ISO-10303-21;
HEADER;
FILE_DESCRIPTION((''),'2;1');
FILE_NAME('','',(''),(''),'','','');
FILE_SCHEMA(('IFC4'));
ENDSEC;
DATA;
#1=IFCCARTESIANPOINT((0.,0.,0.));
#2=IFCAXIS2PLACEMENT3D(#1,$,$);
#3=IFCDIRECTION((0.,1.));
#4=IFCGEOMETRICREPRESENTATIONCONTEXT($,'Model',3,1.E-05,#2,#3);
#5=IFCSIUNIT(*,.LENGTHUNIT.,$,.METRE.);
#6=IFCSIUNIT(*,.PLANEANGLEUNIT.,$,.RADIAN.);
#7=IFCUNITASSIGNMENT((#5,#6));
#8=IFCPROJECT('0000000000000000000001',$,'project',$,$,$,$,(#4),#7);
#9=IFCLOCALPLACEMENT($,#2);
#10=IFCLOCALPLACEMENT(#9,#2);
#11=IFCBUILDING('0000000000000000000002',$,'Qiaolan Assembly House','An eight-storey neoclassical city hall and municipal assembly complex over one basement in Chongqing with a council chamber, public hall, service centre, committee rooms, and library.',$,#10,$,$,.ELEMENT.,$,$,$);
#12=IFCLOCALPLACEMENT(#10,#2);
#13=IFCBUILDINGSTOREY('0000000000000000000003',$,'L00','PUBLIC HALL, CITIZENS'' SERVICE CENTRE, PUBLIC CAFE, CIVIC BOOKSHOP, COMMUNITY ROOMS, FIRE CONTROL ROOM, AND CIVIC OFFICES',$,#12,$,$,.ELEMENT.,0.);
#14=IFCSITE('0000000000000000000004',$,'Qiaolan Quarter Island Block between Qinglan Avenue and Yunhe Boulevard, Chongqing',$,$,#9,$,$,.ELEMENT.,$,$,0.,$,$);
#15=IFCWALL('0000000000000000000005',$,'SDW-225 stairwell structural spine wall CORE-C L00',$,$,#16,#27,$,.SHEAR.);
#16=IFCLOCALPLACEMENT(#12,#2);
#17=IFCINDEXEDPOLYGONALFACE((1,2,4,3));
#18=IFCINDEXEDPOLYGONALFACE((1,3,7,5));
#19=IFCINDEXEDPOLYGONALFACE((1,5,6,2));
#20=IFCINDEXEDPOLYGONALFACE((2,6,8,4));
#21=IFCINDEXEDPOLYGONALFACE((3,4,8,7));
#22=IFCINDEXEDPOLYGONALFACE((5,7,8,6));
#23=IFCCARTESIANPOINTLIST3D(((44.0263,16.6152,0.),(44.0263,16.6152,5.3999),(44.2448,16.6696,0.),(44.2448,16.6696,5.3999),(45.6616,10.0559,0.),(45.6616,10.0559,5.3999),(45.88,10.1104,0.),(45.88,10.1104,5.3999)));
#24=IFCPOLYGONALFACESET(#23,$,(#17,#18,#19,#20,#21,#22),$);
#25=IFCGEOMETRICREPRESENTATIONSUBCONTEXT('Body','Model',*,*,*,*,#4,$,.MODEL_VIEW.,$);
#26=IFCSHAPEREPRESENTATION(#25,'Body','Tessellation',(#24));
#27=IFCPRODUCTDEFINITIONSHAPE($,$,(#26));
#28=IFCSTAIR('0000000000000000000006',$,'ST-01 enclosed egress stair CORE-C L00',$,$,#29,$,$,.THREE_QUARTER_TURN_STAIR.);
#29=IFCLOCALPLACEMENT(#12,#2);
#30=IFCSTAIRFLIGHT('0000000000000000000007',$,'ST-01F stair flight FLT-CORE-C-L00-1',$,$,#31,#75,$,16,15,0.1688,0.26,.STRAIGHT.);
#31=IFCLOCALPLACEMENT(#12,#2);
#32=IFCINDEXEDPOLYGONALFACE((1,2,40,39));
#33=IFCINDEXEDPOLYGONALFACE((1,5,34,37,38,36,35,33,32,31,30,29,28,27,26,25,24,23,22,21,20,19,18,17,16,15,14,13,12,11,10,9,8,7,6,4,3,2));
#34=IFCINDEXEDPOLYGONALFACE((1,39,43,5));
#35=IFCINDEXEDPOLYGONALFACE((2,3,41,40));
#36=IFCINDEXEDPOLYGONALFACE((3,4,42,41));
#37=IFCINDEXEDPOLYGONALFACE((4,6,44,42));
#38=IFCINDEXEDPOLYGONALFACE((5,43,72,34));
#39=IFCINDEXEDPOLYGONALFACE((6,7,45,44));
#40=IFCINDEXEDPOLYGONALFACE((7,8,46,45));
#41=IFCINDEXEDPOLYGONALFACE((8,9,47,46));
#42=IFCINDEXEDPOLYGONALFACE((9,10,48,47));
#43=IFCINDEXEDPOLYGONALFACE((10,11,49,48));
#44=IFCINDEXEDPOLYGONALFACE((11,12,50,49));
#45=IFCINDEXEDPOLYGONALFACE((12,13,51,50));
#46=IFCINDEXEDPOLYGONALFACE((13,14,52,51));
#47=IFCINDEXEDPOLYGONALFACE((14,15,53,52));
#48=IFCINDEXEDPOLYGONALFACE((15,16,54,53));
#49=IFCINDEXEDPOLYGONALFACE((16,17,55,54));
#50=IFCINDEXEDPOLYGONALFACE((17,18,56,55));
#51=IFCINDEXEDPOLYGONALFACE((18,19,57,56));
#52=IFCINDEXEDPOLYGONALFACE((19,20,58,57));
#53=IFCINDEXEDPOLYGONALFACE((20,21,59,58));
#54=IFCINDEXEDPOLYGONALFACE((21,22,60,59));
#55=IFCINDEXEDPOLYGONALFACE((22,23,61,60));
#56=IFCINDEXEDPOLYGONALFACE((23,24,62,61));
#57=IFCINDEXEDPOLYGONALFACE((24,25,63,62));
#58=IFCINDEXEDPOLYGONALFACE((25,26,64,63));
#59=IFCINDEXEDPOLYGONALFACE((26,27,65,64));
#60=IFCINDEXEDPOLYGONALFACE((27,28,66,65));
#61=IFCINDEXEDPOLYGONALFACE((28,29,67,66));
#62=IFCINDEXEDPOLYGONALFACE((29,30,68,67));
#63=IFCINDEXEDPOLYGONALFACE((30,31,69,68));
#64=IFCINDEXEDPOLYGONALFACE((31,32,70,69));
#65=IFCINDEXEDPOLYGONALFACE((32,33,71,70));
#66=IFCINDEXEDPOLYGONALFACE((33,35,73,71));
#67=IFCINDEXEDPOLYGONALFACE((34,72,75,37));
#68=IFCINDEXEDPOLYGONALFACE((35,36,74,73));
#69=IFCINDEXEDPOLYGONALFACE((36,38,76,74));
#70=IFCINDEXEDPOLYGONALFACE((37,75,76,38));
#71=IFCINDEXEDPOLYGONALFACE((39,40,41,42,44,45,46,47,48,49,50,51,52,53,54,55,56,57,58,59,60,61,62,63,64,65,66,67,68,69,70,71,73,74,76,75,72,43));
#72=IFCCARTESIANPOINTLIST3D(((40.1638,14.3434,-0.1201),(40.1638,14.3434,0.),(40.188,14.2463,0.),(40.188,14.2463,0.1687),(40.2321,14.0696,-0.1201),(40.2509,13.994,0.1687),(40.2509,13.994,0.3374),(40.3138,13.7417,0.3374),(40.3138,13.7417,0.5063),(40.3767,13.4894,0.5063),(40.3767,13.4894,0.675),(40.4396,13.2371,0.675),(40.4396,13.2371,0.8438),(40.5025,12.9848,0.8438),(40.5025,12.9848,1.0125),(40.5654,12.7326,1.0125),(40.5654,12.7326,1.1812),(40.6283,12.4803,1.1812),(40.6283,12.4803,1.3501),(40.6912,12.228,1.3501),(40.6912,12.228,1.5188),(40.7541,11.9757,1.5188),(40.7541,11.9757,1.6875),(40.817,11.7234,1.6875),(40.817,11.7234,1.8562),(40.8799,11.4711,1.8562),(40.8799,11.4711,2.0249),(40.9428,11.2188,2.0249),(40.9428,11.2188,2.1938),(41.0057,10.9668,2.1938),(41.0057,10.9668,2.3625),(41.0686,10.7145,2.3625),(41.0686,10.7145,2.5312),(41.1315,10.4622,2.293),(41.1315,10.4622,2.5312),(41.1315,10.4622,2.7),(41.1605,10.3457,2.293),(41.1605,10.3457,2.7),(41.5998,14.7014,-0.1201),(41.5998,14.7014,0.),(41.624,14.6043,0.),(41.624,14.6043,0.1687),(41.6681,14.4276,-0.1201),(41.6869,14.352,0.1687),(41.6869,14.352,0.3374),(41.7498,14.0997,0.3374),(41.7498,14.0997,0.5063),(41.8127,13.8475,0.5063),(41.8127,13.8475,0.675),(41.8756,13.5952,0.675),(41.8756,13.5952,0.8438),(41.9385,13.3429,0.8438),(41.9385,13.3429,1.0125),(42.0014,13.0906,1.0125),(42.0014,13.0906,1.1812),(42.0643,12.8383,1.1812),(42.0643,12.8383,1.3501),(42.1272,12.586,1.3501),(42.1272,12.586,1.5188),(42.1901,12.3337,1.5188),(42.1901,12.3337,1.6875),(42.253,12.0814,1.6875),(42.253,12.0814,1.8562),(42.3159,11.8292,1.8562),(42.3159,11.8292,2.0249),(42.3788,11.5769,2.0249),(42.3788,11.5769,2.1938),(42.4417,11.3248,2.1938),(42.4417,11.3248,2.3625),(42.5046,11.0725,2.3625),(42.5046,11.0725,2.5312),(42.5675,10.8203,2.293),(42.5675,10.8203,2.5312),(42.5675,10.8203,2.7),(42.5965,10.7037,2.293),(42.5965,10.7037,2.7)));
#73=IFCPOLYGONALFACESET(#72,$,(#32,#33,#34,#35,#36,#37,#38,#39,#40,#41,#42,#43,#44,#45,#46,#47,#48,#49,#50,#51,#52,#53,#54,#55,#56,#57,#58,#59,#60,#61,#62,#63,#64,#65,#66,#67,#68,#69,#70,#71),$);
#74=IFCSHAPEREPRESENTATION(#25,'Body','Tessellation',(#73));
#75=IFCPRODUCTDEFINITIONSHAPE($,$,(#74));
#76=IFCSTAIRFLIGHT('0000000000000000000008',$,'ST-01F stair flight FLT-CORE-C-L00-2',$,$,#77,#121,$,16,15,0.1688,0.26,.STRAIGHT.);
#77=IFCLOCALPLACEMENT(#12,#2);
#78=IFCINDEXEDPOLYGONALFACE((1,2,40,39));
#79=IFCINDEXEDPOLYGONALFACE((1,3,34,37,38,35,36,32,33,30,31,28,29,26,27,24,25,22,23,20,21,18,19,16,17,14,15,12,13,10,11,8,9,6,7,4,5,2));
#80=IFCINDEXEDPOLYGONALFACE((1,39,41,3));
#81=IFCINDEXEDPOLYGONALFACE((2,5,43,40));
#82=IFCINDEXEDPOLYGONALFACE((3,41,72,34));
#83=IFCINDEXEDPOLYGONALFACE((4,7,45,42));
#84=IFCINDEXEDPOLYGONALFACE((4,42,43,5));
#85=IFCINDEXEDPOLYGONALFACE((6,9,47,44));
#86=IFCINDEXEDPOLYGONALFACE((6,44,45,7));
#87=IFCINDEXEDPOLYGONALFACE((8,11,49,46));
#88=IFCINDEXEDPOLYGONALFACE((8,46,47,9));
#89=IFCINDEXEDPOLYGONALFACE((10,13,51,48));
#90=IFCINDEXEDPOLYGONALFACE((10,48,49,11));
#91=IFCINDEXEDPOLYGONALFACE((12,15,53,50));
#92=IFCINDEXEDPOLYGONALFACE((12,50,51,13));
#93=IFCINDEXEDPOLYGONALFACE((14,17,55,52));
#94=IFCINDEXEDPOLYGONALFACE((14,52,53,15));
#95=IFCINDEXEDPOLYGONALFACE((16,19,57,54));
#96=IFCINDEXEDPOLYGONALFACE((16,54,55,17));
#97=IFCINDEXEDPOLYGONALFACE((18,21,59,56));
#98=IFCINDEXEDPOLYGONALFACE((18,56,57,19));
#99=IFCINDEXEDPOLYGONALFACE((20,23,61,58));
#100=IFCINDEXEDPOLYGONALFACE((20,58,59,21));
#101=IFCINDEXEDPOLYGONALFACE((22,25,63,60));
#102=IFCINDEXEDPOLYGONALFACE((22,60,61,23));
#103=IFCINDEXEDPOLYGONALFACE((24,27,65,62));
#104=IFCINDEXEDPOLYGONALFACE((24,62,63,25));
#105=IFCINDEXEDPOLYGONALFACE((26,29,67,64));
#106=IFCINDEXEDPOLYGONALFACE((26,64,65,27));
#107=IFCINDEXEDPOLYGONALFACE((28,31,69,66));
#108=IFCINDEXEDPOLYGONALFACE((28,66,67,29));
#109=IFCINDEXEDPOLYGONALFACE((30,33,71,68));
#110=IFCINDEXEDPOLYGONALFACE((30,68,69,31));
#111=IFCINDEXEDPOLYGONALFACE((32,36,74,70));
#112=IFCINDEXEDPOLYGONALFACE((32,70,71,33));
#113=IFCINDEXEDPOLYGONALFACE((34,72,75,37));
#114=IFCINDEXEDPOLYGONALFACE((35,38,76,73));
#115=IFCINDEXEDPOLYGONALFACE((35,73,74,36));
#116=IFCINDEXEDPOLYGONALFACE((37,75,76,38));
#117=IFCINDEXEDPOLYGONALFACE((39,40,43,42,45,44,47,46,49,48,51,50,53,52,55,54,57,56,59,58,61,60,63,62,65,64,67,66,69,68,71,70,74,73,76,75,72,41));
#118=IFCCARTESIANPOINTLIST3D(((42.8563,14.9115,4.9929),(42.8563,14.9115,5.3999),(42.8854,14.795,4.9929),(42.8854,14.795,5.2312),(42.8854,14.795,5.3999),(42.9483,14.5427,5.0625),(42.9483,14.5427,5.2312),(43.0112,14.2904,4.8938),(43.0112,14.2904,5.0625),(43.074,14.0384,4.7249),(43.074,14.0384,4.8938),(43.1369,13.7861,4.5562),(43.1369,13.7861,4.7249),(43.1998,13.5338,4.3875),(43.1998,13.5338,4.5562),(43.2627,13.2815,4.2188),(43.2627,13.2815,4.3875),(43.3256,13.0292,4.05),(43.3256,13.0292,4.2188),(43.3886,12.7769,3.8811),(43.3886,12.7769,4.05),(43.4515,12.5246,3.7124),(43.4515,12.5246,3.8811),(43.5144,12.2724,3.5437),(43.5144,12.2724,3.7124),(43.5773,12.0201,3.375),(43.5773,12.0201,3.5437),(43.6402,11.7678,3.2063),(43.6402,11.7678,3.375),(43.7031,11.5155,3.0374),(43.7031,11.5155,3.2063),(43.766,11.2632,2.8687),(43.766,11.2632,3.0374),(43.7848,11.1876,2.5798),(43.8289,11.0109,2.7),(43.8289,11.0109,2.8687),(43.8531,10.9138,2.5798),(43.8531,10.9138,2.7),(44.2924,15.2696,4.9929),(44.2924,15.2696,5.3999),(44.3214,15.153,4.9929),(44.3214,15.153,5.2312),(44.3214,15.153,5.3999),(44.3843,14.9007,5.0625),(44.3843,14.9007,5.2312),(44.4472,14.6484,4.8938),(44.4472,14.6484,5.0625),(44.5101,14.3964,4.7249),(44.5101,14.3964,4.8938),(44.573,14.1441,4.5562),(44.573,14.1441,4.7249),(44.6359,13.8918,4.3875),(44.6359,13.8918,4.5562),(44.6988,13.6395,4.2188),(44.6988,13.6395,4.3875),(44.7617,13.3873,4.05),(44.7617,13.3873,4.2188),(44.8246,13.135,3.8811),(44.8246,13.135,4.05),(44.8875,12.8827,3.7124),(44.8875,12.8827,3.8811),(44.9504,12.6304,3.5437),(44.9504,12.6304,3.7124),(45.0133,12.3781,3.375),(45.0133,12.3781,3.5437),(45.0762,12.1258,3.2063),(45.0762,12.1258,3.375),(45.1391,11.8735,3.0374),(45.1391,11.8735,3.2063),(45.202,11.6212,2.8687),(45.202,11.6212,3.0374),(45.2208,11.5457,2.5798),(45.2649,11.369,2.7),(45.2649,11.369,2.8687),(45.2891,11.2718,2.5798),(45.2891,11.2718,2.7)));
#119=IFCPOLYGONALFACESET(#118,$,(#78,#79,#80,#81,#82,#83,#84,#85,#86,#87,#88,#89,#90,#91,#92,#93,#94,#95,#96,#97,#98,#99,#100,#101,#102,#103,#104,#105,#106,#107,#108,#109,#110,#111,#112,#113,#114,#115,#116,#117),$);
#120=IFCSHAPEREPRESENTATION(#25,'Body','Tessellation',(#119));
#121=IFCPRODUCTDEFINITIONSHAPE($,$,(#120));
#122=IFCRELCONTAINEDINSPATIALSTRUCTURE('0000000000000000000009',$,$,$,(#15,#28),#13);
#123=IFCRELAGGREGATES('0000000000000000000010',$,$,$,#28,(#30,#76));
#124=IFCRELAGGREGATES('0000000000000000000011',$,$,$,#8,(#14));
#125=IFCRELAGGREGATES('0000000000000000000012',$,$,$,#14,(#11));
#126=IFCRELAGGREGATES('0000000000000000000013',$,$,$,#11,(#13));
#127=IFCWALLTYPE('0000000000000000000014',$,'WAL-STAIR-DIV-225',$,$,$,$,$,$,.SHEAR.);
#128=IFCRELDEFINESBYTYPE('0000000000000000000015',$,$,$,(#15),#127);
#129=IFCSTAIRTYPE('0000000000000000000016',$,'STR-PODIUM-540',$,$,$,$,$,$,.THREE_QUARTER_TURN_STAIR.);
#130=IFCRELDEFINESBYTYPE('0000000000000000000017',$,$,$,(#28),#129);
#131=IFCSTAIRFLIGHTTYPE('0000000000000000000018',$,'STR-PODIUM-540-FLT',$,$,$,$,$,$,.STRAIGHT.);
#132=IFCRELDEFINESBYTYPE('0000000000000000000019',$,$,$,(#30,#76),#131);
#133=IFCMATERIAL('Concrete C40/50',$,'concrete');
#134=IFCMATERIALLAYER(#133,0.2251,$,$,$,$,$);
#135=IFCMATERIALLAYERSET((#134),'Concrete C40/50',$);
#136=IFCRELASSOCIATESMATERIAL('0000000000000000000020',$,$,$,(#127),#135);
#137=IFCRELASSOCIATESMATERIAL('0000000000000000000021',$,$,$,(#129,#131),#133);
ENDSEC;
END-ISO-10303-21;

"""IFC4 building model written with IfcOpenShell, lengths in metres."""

from ifc_helpers import new_model, si_unit, direction, frame, frame_2d, origin, place, context, subcontext, project, spatial, polyline, rectangle, outline, extrude, material, layer, layer_set, type_object, element, aggregate, save


model = new_model("IFC4")

# Units and contexts
model_context = context("Model", 3, precision=1e-05, world=origin(), true_north=direction((0.0, 1.0)))
body_context = subcontext(model_context, "Body", "Model", "MODEL_VIEW")
ifc_project = project(units=[si_unit("LENGTHUNIT", "METRE"), si_unit("PLANEANGLEUNIT", "RADIAN")], contexts=[model_context])

# Site, building, storey
site_placement = place(None, origin())
site = spatial("IfcSite", under=ifc_project, at=site_placement, Name="Qiaolan Quarter Island Block between Qinglan Avenue and Yunhe Boulevard, Chongqing", CompositionType="ELEMENT", RefElevation=0.0)
building_placement = place(site_placement, origin())
building = spatial("IfcBuilding", under=site, at=building_placement, Name="Qiaolan Assembly House", Description="An eight-storey neoclassical city hall and municipal assembly complex over one basement in Chongqing with a council chamber, public hall, service centre, committee rooms, and library.", CompositionType="ELEMENT")
storey_placement = place(building_placement, origin())
storey = spatial("IfcBuildingStorey", under=building, at=storey_placement, Name="L00", Description="PUBLIC HALL, CITIZENS' SERVICE CENTRE, PUBLIC CAFE, CIVIC BOOKSHOP, COMMUNITY ROOMS, FIRE CONTROL ROOM, AND CIVIC OFFICES", CompositionType="ELEMENT", Elevation=0.0)

# Shared definitions
ifc_material_1 = material(Name="Concrete C40/50", Category="concrete")

# Wall
ifc_layer_1 = layer(ifc_material_1, 0.2251)
ifc_layer_set_1 = layer_set([ifc_layer_1], Name="Concrete C40/50")
wall_type_1 = type_object("IfcWallType", Name="WAL-STAIR-DIV-225", PredefinedType="SHEAR", material=ifc_layer_set_1)
wall_1_placement = place(storey_placement, frame((45.7708, 10.0833, 0.0), z_axis=(0.0, 0.0, 1.0), x_axis=(-0.241898, 0.970302, 0.0)))
element("IfcWall", 1, at=wall_1_placement, inside=storey, type_object=wall_type_1, Name="SDW-225 stairwell structural spine wall CORE-C L00", PredefinedType="SHEAR", context=body_context, shape_type="SweptSolid", body=[
    extrude(rectangle(XDim=6.76, YDim=0.2251, at=frame_2d((3.3799, 0.0))), origin(), (0.0, 0.0, 1.0), 5.3999),
])

# Stair, stair flights
stair_type = type_object("IfcStairType", Name="STR-PODIUM-540", PredefinedType="THREE_QUARTER_TURN_STAIR", material=ifc_material_1)
stair_placement = place(storey_placement, origin())
stair = element("IfcStair", 2, at=stair_placement, inside=storey, type_object=stair_type, Name="ST-01 enclosed egress stair CORE-C L00", PredefinedType="THREE_QUARTER_TURN_STAIR")
stair_flight_type = type_object("IfcStairFlightType", Name="STR-PODIUM-540-FLT", PredefinedType="STRAIGHT", material=ifc_material_1)
stair_flight_1_placement = place(storey_placement, frame((40.906, 14.4253, 0.0), z_axis=(0.0, 0.0, 1.0), x_axis=(0.241922, -0.970296, 0.0)))
stair_flight_1 = element("IfcStairFlight", 3, at=stair_flight_1_placement, type_object=stair_flight_type, Name="ST-01F stair flight FLT-CORE-C-L00-1", NumberOfRisers=16, NumberOfTreads=15, PredefinedType="STRAIGHT", RiserHeight=0.1688, TreadLength=0.26, context=body_context, shape_type="SweptSolid", body=[
    extrude(outline(polyline([(-0.1001, -0.1201), (-0.1001, 0.0), (0.0, 0.0), (0.0, 0.1687), (0.26, 0.1687), (0.26, 0.3374), (0.52, 0.3374), (0.52, 0.5063), (0.78, 0.5063), (0.78, 0.675), (1.04, 0.675), (1.04, 0.8438), (1.3, 0.8438), (1.3, 1.0125), (1.5601, 1.0125), (1.5601, 1.1812), (1.8201, 1.1812), (1.8201, 1.3501), (2.0801, 1.3501), (2.0801, 1.5188), (2.3401, 1.5188), (2.3401, 1.6875), (2.6001, 1.6875), (2.6001, 1.8562), (2.8601, 1.8562), (2.8601, 2.0249), (3.1201, 2.0249), (3.1201, 2.1938), (3.3799, 2.1938), (3.3799, 2.3625), (3.6399, 2.3625), (3.6399, 2.5312), (3.8999, 2.5312), (3.8999, 2.7), (4.02, 2.7), (4.02, 2.293), (3.8999, 2.293), (0.1821, -0.1201), (-0.1001, -0.1201)])), frame((0.0, 0.74, 0.0), z_axis=(0.0, -1.0, 0.0), x_axis=(1.0, 0.0, 0.0)), (0.0, 0.0, 1.0), 1.48),
])
stair_flight_2_placement = place(storey_placement, frame((44.5469, 11.1899, 2.7), z_axis=(0.0, 0.0, 1.0), x_axis=(-0.241922, 0.970296, 0.0)))
stair_flight_2 = element("IfcStairFlight", 4, at=stair_flight_2_placement, type_object=stair_flight_type, Name="ST-01F stair flight FLT-CORE-C-L00-2", NumberOfRisers=16, NumberOfTreads=15, PredefinedType="STRAIGHT", RiserHeight=0.1688, TreadLength=0.26, context=body_context, shape_type="SweptSolid", body=[
    extrude(outline(polyline([(-0.1001, -0.1201), (-0.1001, 0.0), (0.0, 0.0), (0.0, 0.1687), (0.26, 0.1687), (0.26, 0.3374), (0.52, 0.3374), (0.52, 0.5063), (0.78, 0.5063), (0.78, 0.675), (1.04, 0.675), (1.04, 0.8438), (1.3, 0.8438), (1.3, 1.0125), (1.5601, 1.0125), (1.5601, 1.1812), (1.8201, 1.1812), (1.8201, 1.3501), (2.0801, 1.3501), (2.0801, 1.5188), (2.3401, 1.5188), (2.3401, 1.6875), (2.6001, 1.6875), (2.6001, 1.8562), (2.8601, 1.8562), (2.8601, 2.0249), (3.1201, 2.0249), (3.1201, 2.1938), (3.3799, 2.1938), (3.3799, 2.3625), (3.6399, 2.3625), (3.6399, 2.5312), (3.8999, 2.5312), (3.8999, 2.7), (4.02, 2.7), (4.02, 2.293), (3.8999, 2.293), (0.1821, -0.1201), (-0.1001, -0.1201)])), frame((0.0, 0.74, 0.0), z_axis=(0.0, -1.0, 0.0), x_axis=(1.0, 0.0, 0.0)), (0.0, 0.0, 1.0), 1.48),
])
aggregate(stair, [stair_flight_1, stair_flight_2])

save(model, "model.ifc")
